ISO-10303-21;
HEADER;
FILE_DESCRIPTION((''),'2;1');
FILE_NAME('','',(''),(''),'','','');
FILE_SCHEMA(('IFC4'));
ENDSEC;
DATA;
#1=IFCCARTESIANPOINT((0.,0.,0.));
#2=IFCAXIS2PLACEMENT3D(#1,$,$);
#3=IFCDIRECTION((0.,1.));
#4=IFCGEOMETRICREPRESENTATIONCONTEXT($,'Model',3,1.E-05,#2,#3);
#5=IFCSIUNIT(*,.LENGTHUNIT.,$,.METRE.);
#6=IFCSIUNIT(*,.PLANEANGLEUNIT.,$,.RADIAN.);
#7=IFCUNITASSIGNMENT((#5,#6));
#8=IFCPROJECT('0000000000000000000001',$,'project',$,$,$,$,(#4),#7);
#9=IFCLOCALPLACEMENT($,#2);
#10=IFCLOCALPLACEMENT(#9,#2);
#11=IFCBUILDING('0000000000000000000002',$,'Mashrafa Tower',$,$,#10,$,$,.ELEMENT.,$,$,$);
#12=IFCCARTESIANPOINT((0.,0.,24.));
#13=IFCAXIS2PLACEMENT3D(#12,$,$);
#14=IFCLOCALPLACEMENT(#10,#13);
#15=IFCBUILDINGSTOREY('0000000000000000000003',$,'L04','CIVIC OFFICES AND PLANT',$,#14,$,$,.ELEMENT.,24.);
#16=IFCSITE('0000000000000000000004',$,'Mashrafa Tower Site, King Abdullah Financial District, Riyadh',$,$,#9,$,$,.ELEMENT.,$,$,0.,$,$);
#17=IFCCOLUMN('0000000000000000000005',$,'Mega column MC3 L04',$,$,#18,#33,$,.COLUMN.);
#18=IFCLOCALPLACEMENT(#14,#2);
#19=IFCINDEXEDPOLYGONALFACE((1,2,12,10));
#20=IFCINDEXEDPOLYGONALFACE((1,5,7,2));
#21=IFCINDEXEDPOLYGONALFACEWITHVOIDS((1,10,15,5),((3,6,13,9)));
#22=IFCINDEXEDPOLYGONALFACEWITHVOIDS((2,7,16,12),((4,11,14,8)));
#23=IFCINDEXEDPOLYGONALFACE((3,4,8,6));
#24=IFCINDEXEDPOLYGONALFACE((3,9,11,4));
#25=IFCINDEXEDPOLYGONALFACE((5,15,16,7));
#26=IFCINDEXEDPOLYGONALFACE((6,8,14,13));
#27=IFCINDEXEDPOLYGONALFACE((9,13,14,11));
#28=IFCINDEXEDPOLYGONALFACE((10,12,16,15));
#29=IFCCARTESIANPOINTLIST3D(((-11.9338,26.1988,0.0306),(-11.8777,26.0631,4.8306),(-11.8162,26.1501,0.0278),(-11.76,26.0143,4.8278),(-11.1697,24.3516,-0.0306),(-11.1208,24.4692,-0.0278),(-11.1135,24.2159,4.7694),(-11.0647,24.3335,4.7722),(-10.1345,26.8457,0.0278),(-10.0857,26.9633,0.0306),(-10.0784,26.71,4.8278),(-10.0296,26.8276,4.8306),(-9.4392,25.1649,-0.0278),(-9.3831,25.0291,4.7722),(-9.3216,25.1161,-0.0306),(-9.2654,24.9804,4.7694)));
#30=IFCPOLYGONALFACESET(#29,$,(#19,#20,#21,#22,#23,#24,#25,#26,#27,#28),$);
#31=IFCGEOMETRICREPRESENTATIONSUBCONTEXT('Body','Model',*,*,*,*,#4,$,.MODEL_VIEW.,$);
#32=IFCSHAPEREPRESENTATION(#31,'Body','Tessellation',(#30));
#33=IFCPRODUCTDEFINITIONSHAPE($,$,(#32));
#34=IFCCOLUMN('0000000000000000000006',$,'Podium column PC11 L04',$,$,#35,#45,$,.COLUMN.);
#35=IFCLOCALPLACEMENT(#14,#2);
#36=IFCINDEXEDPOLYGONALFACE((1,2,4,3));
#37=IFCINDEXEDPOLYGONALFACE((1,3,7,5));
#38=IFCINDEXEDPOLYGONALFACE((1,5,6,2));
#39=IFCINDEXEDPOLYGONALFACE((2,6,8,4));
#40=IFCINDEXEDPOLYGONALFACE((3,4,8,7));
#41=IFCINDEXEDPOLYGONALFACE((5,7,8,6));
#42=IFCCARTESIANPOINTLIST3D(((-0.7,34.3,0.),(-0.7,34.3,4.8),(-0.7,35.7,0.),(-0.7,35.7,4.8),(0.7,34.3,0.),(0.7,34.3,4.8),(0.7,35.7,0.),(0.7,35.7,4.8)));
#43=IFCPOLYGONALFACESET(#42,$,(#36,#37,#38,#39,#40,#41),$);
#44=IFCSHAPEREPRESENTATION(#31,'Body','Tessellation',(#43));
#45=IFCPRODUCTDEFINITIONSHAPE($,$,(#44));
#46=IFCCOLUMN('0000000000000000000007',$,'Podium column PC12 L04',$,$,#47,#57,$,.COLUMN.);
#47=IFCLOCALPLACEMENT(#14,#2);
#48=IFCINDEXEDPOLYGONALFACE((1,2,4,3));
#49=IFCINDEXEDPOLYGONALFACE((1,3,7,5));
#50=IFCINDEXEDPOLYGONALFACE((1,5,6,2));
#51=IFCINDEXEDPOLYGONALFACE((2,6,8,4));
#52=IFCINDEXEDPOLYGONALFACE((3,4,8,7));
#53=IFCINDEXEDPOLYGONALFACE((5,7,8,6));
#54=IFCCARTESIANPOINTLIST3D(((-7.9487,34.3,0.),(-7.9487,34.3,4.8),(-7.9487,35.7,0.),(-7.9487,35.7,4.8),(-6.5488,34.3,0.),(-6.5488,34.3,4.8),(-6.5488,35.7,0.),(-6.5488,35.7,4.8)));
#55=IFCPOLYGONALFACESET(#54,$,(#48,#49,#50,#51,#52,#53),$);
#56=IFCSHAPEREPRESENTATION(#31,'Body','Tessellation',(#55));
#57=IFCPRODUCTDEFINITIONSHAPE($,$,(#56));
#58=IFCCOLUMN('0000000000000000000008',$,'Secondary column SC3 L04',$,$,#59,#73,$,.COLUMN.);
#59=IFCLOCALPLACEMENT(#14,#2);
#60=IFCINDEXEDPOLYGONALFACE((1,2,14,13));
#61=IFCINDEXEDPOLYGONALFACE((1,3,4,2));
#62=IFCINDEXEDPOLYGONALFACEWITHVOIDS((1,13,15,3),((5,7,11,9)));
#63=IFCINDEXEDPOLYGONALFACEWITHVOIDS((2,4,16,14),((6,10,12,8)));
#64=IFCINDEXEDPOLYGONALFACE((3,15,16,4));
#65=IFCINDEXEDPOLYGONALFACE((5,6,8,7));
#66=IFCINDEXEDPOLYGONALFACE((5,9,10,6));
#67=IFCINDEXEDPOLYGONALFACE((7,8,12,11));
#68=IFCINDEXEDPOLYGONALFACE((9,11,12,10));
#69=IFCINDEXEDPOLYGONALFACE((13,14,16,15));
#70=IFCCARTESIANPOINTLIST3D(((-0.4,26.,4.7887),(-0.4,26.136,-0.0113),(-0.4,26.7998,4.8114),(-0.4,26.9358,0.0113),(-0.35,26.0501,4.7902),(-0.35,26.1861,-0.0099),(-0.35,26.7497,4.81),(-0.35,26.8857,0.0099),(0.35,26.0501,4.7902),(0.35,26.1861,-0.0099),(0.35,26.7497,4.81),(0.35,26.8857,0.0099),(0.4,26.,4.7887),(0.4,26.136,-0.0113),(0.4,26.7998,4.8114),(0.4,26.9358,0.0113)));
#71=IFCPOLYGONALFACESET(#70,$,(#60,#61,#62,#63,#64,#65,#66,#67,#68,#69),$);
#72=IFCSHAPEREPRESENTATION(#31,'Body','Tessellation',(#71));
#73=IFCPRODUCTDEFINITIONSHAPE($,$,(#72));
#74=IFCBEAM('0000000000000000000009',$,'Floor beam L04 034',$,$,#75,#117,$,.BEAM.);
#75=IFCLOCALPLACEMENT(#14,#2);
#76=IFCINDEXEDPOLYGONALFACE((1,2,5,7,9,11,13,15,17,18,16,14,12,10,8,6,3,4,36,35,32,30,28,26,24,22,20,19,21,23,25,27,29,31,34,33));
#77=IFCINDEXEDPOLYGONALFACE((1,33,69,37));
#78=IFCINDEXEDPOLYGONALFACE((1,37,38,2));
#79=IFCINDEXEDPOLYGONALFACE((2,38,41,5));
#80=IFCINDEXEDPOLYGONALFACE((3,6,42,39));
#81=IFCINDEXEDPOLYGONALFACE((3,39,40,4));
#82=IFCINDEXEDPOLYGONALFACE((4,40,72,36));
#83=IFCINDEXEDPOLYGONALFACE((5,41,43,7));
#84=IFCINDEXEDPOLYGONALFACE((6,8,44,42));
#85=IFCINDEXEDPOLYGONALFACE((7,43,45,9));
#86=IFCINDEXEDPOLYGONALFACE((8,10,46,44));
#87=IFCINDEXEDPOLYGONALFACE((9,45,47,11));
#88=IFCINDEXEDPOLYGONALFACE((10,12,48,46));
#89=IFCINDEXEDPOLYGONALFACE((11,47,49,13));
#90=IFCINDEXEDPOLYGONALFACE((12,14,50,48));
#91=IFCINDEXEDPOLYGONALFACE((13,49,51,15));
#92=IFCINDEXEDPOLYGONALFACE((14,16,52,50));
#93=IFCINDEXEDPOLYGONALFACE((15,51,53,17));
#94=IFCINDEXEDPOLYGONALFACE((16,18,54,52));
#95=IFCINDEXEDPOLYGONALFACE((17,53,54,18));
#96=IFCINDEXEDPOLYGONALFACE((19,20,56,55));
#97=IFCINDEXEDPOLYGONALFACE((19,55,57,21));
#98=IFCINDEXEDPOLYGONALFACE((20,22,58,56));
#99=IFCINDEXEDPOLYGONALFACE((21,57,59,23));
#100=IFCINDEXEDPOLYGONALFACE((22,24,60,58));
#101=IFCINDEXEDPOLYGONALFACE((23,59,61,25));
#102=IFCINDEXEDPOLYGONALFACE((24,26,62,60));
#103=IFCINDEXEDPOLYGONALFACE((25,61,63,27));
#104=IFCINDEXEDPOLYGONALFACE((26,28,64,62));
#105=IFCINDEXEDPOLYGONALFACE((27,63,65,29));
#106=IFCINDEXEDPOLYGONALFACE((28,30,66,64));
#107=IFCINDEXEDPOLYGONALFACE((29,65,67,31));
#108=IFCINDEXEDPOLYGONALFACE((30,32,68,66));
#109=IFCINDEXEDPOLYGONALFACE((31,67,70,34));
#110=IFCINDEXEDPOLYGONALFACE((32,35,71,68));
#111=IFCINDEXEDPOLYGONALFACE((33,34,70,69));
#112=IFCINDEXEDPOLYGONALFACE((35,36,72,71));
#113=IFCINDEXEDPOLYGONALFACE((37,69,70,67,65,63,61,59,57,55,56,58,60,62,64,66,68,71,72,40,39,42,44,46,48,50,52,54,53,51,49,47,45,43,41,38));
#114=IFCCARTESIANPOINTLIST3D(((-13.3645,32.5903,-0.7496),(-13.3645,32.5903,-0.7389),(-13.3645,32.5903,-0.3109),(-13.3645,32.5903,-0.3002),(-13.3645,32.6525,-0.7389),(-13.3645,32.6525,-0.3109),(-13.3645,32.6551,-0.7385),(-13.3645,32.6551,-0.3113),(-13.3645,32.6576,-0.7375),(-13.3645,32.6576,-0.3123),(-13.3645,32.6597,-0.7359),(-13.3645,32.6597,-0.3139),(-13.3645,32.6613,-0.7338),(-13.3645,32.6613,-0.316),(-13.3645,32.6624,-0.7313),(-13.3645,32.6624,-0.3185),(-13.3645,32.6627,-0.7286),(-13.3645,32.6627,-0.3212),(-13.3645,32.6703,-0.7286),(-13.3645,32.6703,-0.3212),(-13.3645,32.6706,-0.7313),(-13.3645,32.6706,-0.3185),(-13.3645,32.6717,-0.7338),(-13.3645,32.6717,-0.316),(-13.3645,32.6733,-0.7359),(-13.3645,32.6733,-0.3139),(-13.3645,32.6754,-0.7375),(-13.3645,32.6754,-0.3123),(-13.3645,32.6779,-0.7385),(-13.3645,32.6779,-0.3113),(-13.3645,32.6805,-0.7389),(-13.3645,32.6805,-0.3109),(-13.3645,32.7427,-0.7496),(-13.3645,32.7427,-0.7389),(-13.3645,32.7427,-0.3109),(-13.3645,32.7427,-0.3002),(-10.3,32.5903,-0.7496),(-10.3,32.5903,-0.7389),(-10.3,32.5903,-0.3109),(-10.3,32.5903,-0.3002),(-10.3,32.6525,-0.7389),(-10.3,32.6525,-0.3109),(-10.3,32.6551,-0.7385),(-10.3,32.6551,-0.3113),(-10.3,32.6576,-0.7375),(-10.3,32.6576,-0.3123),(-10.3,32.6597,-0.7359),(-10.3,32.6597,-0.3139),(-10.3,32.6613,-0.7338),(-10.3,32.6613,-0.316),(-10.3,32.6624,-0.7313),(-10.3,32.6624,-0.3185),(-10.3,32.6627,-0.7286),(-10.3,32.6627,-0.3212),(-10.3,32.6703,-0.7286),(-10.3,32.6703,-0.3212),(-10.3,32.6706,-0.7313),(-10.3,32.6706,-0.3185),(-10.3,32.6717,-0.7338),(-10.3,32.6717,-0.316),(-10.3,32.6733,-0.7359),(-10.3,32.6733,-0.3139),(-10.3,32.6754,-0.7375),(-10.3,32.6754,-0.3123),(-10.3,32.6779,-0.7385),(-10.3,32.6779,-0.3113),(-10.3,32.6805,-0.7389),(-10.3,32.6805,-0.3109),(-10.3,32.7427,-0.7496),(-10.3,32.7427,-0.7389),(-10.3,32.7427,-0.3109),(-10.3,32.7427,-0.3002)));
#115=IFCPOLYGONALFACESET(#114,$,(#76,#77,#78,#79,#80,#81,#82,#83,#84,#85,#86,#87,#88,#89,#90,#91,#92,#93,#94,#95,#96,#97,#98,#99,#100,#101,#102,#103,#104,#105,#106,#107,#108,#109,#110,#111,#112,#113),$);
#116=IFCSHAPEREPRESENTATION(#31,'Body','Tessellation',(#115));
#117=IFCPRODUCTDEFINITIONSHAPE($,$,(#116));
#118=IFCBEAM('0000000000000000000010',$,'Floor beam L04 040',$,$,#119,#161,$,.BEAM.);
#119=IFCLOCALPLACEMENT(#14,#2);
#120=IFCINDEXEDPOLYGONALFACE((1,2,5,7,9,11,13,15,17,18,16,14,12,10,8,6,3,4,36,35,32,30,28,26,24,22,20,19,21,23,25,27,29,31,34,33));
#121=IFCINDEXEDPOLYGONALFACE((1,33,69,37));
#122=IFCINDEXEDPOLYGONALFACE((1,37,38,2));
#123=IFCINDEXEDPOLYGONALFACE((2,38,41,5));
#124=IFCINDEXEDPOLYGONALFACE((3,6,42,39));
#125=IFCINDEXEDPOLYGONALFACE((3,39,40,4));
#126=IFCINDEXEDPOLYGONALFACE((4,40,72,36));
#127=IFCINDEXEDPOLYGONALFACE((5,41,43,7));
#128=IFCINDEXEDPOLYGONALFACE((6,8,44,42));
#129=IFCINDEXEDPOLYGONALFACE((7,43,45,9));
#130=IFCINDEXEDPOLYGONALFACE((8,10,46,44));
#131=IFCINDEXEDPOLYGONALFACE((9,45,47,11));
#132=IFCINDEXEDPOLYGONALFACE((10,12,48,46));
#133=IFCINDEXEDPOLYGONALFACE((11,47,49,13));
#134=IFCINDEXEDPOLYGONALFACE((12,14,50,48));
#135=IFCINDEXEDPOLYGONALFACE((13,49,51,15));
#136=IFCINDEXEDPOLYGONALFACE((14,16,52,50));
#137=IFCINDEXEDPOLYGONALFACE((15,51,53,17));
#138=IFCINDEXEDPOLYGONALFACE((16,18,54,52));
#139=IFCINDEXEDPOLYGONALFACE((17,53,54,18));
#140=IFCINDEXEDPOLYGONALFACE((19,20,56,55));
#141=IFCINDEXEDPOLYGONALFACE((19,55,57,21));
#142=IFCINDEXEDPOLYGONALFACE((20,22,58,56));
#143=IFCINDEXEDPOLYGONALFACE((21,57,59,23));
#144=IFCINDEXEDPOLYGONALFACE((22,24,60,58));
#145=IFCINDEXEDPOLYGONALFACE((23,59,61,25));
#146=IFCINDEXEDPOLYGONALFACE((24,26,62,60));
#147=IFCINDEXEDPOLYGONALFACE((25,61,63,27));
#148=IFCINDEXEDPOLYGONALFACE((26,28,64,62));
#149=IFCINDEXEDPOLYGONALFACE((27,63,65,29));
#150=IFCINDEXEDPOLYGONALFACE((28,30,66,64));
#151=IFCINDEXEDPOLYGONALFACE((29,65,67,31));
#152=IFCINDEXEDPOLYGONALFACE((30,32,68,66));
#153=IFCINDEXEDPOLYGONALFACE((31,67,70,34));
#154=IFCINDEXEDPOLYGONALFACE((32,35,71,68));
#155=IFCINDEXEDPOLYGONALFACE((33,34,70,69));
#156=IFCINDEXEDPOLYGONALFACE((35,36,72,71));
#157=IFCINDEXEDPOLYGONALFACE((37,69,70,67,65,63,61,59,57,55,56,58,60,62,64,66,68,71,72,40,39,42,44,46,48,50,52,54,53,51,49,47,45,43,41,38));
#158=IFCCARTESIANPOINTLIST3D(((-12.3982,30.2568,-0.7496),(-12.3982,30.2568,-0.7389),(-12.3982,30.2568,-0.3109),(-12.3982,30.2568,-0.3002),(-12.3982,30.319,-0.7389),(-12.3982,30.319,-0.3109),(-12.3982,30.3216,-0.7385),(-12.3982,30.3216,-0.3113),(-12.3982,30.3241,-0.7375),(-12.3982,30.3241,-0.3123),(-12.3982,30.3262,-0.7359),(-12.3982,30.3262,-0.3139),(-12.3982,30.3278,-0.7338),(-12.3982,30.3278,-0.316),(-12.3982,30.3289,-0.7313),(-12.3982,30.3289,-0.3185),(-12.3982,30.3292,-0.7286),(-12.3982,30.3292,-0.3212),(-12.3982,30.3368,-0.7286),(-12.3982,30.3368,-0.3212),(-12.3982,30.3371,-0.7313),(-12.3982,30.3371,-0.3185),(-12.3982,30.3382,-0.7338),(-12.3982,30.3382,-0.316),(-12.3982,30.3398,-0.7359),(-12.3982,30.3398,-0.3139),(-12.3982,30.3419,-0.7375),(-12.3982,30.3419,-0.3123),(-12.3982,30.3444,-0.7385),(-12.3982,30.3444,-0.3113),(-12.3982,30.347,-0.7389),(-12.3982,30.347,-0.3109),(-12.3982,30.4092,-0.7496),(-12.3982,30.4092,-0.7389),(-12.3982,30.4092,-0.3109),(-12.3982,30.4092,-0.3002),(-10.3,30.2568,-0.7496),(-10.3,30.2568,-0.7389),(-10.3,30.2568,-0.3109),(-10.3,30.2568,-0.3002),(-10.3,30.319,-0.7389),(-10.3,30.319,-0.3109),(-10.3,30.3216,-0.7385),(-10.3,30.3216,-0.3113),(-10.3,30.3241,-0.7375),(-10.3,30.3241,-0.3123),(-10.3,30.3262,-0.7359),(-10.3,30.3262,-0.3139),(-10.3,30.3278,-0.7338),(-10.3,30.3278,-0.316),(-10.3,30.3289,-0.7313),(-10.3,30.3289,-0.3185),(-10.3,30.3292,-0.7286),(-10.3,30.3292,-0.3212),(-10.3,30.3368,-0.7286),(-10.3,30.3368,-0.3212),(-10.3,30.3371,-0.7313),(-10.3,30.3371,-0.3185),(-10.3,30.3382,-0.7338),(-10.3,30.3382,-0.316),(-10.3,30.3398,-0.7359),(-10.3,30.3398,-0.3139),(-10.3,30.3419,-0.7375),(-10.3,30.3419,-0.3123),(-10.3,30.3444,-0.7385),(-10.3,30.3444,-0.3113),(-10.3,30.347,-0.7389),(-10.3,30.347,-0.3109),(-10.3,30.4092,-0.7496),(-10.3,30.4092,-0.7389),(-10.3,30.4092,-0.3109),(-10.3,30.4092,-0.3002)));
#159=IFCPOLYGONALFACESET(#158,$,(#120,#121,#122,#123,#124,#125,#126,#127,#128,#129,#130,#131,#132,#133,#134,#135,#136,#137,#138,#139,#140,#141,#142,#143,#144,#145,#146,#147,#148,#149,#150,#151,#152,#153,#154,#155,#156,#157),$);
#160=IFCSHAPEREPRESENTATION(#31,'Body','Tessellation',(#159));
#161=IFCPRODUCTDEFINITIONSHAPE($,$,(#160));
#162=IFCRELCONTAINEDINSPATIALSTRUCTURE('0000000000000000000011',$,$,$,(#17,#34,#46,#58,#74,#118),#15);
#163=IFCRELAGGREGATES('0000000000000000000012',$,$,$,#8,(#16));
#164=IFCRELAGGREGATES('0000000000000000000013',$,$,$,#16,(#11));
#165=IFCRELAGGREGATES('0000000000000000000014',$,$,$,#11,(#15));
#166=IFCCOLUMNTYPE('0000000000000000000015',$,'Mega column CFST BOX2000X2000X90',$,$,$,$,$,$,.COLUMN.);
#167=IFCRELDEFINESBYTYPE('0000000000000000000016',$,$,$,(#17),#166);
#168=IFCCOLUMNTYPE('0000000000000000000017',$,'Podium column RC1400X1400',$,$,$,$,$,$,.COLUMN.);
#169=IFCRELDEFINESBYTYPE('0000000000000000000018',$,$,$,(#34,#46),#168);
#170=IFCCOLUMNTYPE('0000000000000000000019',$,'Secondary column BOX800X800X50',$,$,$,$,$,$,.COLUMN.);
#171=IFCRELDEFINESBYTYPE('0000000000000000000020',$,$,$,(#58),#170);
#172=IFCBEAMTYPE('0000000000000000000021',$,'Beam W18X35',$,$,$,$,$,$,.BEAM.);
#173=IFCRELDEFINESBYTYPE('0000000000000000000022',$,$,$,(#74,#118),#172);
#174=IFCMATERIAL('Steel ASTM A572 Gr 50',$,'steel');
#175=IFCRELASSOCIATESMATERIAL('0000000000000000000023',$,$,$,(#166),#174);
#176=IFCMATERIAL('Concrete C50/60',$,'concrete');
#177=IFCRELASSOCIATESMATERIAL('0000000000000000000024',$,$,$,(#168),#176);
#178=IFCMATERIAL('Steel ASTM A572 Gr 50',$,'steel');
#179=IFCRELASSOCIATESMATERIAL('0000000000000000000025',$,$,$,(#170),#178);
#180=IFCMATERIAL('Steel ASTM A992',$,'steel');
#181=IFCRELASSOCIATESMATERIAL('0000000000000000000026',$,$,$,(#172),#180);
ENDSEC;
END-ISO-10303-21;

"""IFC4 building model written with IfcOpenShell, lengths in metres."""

from ifc_helpers import new_model, si_unit, direction, frame, origin, origin_2d, place, context, subcontext, project, spatial, rectangle, hollow_rectangle, i_section, extrude, material, material_profile, profile_set, type_object, element, save


model = new_model("IFC4")

# Units and contexts
model_context = context("Model", 3, precision=1e-05, world=origin(), true_north=direction((0.0, 1.0)))
body_context = subcontext(model_context, "Body", "Model", "MODEL_VIEW")
ifc_project = project(units=[si_unit("LENGTHUNIT", "METRE"), si_unit("PLANEANGLEUNIT", "RADIAN")], contexts=[model_context])

# Site, building, storey
site_placement = place(None, origin())
site = spatial("IfcSite", under=ifc_project, at=site_placement, Name="Mashrafa Tower Site, King Abdullah Financial District, Riyadh", CompositionType="ELEMENT", RefElevation=0.0)
building_placement = place(site_placement, origin())
building = spatial("IfcBuilding", under=site, at=building_placement, Name="Mashrafa Tower", CompositionType="ELEMENT")
storey_placement = place(building_placement, frame((0.0, 0.0, 24.0)))
storey = spatial("IfcBuildingStorey", under=building, at=storey_placement, Name="L04", Description="CIVIC OFFICES AND PLANT", CompositionType="ELEMENT", Elevation=24.0)

# Columns
ifc_material_1 = material(Name="Steel ASTM A572 Gr 50", Category="steel")
ifc_material_profile_1 = material_profile(ifc_material_1, hollow_rectangle(XDim=2.0, YDim=2.0, WallThickness=0.0901, at=origin_2d()), Name="BOX2000X2000X90")
ifc_profile_set_1 = profile_set([ifc_material_profile_1], Name="Steel ASTM A572 Gr 50")
column_type_1 = type_object("IfcColumnType", Name="Mega column CFST BOX2000X2000X90", PredefinedType="COLUMN", material=ifc_profile_set_1)
column_1_placement = place(storey_placement, frame((-10.6277, 25.6575, 0.0), z_axis=(0.011693, -0.028266, 0.999532), x_axis=(0.924057, 0.382254, 0.0)))
element("IfcColumn", 1, at=column_1_placement, inside=storey, type_object=column_type_1, Name="Mega column MC3 L04", PredefinedType="COLUMN", context=body_context, shape_type="SweptSolid", body=[
    extrude(hollow_rectangle(XDim=2.0, YDim=2.0, WallThickness=0.0901, at=origin_2d()), origin(), (0.0, 0.0, 1.0), 4.8022),
])
ifc_material_2 = material(Name="Concrete C50/60", Category="concrete")
ifc_material_profile_2 = material_profile(ifc_material_2, rectangle(XDim=1.3999, YDim=1.3999, at=origin_2d()), Name="RC1400X1400")
ifc_profile_set_2 = profile_set([ifc_material_profile_2], Name="Concrete C50/60")
column_type_2 = type_object("IfcColumnType", Name="Podium column RC1400X1400", PredefinedType="COLUMN", material=ifc_profile_set_2)
for number, where, z_axis, x_axis, name in (
    (2, (0.0, 35.0, 0.0), (0.0, 0.0, 1.0), (1.0, 0.0, 0.0), "Podium column PC11 L04"),
    (3, (-7.2488, 35.0, 0.0), (0.0, 0.0, 1.0), (1.0, 0.0, 0.0), "Podium column PC12 L04"),
):
    element("IfcColumn", number, at=place(storey_placement, frame(where, z_axis=z_axis, x_axis=x_axis)), inside=storey, type_object=column_type_2, Name=name, PredefinedType="COLUMN", context=body_context, shape_type="SweptSolid", body=[
        extrude(rectangle(XDim=1.3999, YDim=1.3999, at=origin_2d()), origin(), (0.0, 0.0, 1.0), 4.8),
    ])
ifc_material_3 = material(Name="Steel ASTM A572 Gr 50", Category="steel")
ifc_material_profile_3 = material_profile(ifc_material_3, hollow_rectangle(XDim=0.8, YDim=0.8, WallThickness=0.05, at=origin_2d()), Name="BOX800X800X50")
ifc_profile_set_3 = profile_set([ifc_material_profile_3], Name="Steel ASTM A572 Gr 50")
column_type_3 = type_object("IfcColumnType", Name="Secondary column BOX800X800X50", PredefinedType="COLUMN", material=ifc_profile_set_3)
column_2_placement = place(storey_placement, frame((0.0, 26.5359, 0.0), z_axis=(0.0, -0.028319, 0.999599), x_axis=(1.0, 0.0, 0.0)))
element("IfcColumn", 4, at=column_2_placement, inside=storey, type_object=column_type_3, Name="Secondary column SC3 L04", PredefinedType="COLUMN", context=body_context, shape_type="SweptSolid", body=[
    extrude(hollow_rectangle(XDim=0.8, YDim=0.8, WallThickness=0.05, at=origin_2d()), origin(), (0.0, 0.0, 1.0), 4.802),
])

# Beams
ifc_material_4 = material(Name="Steel ASTM A992", Category="steel")
ifc_material_profile_4 = material_profile(ifc_material_4, i_section(OverallWidth=0.1523, OverallDepth=0.4495, WebThickness=0.0076, FlangeThickness=0.0107, FilletRadius=0.0103, at=origin_2d()), Name="W18X35")
ifc_profile_set_4 = profile_set([ifc_material_profile_4], Name="Steel ASTM A992")
beam_type_1 = type_object("IfcBeamType", Name="Beam W18X35", PredefinedType="BEAM", material=ifc_profile_set_4)
beam_1_placement = place(storey_placement, frame((-13.3645, 32.6665, -0.5249), z_axis=(1.0, 0.0, 0.0), x_axis=(0.0, 1.0, 0.0)))
element("IfcBeam", 5, at=beam_1_placement, inside=storey, type_object=beam_type_1, Name="Floor beam L04 034", PredefinedType="BEAM", context=body_context, shape_type="SweptSolid", body=[
    extrude(i_section(OverallWidth=0.1523, OverallDepth=0.4495, WebThickness=0.0076, FlangeThickness=0.0107, FilletRadius=0.0103, at=origin_2d()), origin(), (0.0, 0.0, 1.0), 3.0645),
])
beam_2_placement = place(storey_placement, frame((-12.3982, 30.333, -0.5249), z_axis=(1.0, 0.0, 0.0), x_axis=(0.0, 1.0, 0.0)))
element("IfcBeam", 6, at=beam_2_placement, inside=storey, type_object=beam_type_1, Name="Floor beam L04 040", PredefinedType="BEAM", context=body_context, shape_type="SweptSolid", body=[
    extrude(i_section(OverallWidth=0.1523, OverallDepth=0.4495, WebThickness=0.0076, FlangeThickness=0.0107, FilletRadius=0.0103, at=origin_2d()), origin(), (0.0, 0.0, 1.0), 2.0981),
])

save(model, "model.ifc")
